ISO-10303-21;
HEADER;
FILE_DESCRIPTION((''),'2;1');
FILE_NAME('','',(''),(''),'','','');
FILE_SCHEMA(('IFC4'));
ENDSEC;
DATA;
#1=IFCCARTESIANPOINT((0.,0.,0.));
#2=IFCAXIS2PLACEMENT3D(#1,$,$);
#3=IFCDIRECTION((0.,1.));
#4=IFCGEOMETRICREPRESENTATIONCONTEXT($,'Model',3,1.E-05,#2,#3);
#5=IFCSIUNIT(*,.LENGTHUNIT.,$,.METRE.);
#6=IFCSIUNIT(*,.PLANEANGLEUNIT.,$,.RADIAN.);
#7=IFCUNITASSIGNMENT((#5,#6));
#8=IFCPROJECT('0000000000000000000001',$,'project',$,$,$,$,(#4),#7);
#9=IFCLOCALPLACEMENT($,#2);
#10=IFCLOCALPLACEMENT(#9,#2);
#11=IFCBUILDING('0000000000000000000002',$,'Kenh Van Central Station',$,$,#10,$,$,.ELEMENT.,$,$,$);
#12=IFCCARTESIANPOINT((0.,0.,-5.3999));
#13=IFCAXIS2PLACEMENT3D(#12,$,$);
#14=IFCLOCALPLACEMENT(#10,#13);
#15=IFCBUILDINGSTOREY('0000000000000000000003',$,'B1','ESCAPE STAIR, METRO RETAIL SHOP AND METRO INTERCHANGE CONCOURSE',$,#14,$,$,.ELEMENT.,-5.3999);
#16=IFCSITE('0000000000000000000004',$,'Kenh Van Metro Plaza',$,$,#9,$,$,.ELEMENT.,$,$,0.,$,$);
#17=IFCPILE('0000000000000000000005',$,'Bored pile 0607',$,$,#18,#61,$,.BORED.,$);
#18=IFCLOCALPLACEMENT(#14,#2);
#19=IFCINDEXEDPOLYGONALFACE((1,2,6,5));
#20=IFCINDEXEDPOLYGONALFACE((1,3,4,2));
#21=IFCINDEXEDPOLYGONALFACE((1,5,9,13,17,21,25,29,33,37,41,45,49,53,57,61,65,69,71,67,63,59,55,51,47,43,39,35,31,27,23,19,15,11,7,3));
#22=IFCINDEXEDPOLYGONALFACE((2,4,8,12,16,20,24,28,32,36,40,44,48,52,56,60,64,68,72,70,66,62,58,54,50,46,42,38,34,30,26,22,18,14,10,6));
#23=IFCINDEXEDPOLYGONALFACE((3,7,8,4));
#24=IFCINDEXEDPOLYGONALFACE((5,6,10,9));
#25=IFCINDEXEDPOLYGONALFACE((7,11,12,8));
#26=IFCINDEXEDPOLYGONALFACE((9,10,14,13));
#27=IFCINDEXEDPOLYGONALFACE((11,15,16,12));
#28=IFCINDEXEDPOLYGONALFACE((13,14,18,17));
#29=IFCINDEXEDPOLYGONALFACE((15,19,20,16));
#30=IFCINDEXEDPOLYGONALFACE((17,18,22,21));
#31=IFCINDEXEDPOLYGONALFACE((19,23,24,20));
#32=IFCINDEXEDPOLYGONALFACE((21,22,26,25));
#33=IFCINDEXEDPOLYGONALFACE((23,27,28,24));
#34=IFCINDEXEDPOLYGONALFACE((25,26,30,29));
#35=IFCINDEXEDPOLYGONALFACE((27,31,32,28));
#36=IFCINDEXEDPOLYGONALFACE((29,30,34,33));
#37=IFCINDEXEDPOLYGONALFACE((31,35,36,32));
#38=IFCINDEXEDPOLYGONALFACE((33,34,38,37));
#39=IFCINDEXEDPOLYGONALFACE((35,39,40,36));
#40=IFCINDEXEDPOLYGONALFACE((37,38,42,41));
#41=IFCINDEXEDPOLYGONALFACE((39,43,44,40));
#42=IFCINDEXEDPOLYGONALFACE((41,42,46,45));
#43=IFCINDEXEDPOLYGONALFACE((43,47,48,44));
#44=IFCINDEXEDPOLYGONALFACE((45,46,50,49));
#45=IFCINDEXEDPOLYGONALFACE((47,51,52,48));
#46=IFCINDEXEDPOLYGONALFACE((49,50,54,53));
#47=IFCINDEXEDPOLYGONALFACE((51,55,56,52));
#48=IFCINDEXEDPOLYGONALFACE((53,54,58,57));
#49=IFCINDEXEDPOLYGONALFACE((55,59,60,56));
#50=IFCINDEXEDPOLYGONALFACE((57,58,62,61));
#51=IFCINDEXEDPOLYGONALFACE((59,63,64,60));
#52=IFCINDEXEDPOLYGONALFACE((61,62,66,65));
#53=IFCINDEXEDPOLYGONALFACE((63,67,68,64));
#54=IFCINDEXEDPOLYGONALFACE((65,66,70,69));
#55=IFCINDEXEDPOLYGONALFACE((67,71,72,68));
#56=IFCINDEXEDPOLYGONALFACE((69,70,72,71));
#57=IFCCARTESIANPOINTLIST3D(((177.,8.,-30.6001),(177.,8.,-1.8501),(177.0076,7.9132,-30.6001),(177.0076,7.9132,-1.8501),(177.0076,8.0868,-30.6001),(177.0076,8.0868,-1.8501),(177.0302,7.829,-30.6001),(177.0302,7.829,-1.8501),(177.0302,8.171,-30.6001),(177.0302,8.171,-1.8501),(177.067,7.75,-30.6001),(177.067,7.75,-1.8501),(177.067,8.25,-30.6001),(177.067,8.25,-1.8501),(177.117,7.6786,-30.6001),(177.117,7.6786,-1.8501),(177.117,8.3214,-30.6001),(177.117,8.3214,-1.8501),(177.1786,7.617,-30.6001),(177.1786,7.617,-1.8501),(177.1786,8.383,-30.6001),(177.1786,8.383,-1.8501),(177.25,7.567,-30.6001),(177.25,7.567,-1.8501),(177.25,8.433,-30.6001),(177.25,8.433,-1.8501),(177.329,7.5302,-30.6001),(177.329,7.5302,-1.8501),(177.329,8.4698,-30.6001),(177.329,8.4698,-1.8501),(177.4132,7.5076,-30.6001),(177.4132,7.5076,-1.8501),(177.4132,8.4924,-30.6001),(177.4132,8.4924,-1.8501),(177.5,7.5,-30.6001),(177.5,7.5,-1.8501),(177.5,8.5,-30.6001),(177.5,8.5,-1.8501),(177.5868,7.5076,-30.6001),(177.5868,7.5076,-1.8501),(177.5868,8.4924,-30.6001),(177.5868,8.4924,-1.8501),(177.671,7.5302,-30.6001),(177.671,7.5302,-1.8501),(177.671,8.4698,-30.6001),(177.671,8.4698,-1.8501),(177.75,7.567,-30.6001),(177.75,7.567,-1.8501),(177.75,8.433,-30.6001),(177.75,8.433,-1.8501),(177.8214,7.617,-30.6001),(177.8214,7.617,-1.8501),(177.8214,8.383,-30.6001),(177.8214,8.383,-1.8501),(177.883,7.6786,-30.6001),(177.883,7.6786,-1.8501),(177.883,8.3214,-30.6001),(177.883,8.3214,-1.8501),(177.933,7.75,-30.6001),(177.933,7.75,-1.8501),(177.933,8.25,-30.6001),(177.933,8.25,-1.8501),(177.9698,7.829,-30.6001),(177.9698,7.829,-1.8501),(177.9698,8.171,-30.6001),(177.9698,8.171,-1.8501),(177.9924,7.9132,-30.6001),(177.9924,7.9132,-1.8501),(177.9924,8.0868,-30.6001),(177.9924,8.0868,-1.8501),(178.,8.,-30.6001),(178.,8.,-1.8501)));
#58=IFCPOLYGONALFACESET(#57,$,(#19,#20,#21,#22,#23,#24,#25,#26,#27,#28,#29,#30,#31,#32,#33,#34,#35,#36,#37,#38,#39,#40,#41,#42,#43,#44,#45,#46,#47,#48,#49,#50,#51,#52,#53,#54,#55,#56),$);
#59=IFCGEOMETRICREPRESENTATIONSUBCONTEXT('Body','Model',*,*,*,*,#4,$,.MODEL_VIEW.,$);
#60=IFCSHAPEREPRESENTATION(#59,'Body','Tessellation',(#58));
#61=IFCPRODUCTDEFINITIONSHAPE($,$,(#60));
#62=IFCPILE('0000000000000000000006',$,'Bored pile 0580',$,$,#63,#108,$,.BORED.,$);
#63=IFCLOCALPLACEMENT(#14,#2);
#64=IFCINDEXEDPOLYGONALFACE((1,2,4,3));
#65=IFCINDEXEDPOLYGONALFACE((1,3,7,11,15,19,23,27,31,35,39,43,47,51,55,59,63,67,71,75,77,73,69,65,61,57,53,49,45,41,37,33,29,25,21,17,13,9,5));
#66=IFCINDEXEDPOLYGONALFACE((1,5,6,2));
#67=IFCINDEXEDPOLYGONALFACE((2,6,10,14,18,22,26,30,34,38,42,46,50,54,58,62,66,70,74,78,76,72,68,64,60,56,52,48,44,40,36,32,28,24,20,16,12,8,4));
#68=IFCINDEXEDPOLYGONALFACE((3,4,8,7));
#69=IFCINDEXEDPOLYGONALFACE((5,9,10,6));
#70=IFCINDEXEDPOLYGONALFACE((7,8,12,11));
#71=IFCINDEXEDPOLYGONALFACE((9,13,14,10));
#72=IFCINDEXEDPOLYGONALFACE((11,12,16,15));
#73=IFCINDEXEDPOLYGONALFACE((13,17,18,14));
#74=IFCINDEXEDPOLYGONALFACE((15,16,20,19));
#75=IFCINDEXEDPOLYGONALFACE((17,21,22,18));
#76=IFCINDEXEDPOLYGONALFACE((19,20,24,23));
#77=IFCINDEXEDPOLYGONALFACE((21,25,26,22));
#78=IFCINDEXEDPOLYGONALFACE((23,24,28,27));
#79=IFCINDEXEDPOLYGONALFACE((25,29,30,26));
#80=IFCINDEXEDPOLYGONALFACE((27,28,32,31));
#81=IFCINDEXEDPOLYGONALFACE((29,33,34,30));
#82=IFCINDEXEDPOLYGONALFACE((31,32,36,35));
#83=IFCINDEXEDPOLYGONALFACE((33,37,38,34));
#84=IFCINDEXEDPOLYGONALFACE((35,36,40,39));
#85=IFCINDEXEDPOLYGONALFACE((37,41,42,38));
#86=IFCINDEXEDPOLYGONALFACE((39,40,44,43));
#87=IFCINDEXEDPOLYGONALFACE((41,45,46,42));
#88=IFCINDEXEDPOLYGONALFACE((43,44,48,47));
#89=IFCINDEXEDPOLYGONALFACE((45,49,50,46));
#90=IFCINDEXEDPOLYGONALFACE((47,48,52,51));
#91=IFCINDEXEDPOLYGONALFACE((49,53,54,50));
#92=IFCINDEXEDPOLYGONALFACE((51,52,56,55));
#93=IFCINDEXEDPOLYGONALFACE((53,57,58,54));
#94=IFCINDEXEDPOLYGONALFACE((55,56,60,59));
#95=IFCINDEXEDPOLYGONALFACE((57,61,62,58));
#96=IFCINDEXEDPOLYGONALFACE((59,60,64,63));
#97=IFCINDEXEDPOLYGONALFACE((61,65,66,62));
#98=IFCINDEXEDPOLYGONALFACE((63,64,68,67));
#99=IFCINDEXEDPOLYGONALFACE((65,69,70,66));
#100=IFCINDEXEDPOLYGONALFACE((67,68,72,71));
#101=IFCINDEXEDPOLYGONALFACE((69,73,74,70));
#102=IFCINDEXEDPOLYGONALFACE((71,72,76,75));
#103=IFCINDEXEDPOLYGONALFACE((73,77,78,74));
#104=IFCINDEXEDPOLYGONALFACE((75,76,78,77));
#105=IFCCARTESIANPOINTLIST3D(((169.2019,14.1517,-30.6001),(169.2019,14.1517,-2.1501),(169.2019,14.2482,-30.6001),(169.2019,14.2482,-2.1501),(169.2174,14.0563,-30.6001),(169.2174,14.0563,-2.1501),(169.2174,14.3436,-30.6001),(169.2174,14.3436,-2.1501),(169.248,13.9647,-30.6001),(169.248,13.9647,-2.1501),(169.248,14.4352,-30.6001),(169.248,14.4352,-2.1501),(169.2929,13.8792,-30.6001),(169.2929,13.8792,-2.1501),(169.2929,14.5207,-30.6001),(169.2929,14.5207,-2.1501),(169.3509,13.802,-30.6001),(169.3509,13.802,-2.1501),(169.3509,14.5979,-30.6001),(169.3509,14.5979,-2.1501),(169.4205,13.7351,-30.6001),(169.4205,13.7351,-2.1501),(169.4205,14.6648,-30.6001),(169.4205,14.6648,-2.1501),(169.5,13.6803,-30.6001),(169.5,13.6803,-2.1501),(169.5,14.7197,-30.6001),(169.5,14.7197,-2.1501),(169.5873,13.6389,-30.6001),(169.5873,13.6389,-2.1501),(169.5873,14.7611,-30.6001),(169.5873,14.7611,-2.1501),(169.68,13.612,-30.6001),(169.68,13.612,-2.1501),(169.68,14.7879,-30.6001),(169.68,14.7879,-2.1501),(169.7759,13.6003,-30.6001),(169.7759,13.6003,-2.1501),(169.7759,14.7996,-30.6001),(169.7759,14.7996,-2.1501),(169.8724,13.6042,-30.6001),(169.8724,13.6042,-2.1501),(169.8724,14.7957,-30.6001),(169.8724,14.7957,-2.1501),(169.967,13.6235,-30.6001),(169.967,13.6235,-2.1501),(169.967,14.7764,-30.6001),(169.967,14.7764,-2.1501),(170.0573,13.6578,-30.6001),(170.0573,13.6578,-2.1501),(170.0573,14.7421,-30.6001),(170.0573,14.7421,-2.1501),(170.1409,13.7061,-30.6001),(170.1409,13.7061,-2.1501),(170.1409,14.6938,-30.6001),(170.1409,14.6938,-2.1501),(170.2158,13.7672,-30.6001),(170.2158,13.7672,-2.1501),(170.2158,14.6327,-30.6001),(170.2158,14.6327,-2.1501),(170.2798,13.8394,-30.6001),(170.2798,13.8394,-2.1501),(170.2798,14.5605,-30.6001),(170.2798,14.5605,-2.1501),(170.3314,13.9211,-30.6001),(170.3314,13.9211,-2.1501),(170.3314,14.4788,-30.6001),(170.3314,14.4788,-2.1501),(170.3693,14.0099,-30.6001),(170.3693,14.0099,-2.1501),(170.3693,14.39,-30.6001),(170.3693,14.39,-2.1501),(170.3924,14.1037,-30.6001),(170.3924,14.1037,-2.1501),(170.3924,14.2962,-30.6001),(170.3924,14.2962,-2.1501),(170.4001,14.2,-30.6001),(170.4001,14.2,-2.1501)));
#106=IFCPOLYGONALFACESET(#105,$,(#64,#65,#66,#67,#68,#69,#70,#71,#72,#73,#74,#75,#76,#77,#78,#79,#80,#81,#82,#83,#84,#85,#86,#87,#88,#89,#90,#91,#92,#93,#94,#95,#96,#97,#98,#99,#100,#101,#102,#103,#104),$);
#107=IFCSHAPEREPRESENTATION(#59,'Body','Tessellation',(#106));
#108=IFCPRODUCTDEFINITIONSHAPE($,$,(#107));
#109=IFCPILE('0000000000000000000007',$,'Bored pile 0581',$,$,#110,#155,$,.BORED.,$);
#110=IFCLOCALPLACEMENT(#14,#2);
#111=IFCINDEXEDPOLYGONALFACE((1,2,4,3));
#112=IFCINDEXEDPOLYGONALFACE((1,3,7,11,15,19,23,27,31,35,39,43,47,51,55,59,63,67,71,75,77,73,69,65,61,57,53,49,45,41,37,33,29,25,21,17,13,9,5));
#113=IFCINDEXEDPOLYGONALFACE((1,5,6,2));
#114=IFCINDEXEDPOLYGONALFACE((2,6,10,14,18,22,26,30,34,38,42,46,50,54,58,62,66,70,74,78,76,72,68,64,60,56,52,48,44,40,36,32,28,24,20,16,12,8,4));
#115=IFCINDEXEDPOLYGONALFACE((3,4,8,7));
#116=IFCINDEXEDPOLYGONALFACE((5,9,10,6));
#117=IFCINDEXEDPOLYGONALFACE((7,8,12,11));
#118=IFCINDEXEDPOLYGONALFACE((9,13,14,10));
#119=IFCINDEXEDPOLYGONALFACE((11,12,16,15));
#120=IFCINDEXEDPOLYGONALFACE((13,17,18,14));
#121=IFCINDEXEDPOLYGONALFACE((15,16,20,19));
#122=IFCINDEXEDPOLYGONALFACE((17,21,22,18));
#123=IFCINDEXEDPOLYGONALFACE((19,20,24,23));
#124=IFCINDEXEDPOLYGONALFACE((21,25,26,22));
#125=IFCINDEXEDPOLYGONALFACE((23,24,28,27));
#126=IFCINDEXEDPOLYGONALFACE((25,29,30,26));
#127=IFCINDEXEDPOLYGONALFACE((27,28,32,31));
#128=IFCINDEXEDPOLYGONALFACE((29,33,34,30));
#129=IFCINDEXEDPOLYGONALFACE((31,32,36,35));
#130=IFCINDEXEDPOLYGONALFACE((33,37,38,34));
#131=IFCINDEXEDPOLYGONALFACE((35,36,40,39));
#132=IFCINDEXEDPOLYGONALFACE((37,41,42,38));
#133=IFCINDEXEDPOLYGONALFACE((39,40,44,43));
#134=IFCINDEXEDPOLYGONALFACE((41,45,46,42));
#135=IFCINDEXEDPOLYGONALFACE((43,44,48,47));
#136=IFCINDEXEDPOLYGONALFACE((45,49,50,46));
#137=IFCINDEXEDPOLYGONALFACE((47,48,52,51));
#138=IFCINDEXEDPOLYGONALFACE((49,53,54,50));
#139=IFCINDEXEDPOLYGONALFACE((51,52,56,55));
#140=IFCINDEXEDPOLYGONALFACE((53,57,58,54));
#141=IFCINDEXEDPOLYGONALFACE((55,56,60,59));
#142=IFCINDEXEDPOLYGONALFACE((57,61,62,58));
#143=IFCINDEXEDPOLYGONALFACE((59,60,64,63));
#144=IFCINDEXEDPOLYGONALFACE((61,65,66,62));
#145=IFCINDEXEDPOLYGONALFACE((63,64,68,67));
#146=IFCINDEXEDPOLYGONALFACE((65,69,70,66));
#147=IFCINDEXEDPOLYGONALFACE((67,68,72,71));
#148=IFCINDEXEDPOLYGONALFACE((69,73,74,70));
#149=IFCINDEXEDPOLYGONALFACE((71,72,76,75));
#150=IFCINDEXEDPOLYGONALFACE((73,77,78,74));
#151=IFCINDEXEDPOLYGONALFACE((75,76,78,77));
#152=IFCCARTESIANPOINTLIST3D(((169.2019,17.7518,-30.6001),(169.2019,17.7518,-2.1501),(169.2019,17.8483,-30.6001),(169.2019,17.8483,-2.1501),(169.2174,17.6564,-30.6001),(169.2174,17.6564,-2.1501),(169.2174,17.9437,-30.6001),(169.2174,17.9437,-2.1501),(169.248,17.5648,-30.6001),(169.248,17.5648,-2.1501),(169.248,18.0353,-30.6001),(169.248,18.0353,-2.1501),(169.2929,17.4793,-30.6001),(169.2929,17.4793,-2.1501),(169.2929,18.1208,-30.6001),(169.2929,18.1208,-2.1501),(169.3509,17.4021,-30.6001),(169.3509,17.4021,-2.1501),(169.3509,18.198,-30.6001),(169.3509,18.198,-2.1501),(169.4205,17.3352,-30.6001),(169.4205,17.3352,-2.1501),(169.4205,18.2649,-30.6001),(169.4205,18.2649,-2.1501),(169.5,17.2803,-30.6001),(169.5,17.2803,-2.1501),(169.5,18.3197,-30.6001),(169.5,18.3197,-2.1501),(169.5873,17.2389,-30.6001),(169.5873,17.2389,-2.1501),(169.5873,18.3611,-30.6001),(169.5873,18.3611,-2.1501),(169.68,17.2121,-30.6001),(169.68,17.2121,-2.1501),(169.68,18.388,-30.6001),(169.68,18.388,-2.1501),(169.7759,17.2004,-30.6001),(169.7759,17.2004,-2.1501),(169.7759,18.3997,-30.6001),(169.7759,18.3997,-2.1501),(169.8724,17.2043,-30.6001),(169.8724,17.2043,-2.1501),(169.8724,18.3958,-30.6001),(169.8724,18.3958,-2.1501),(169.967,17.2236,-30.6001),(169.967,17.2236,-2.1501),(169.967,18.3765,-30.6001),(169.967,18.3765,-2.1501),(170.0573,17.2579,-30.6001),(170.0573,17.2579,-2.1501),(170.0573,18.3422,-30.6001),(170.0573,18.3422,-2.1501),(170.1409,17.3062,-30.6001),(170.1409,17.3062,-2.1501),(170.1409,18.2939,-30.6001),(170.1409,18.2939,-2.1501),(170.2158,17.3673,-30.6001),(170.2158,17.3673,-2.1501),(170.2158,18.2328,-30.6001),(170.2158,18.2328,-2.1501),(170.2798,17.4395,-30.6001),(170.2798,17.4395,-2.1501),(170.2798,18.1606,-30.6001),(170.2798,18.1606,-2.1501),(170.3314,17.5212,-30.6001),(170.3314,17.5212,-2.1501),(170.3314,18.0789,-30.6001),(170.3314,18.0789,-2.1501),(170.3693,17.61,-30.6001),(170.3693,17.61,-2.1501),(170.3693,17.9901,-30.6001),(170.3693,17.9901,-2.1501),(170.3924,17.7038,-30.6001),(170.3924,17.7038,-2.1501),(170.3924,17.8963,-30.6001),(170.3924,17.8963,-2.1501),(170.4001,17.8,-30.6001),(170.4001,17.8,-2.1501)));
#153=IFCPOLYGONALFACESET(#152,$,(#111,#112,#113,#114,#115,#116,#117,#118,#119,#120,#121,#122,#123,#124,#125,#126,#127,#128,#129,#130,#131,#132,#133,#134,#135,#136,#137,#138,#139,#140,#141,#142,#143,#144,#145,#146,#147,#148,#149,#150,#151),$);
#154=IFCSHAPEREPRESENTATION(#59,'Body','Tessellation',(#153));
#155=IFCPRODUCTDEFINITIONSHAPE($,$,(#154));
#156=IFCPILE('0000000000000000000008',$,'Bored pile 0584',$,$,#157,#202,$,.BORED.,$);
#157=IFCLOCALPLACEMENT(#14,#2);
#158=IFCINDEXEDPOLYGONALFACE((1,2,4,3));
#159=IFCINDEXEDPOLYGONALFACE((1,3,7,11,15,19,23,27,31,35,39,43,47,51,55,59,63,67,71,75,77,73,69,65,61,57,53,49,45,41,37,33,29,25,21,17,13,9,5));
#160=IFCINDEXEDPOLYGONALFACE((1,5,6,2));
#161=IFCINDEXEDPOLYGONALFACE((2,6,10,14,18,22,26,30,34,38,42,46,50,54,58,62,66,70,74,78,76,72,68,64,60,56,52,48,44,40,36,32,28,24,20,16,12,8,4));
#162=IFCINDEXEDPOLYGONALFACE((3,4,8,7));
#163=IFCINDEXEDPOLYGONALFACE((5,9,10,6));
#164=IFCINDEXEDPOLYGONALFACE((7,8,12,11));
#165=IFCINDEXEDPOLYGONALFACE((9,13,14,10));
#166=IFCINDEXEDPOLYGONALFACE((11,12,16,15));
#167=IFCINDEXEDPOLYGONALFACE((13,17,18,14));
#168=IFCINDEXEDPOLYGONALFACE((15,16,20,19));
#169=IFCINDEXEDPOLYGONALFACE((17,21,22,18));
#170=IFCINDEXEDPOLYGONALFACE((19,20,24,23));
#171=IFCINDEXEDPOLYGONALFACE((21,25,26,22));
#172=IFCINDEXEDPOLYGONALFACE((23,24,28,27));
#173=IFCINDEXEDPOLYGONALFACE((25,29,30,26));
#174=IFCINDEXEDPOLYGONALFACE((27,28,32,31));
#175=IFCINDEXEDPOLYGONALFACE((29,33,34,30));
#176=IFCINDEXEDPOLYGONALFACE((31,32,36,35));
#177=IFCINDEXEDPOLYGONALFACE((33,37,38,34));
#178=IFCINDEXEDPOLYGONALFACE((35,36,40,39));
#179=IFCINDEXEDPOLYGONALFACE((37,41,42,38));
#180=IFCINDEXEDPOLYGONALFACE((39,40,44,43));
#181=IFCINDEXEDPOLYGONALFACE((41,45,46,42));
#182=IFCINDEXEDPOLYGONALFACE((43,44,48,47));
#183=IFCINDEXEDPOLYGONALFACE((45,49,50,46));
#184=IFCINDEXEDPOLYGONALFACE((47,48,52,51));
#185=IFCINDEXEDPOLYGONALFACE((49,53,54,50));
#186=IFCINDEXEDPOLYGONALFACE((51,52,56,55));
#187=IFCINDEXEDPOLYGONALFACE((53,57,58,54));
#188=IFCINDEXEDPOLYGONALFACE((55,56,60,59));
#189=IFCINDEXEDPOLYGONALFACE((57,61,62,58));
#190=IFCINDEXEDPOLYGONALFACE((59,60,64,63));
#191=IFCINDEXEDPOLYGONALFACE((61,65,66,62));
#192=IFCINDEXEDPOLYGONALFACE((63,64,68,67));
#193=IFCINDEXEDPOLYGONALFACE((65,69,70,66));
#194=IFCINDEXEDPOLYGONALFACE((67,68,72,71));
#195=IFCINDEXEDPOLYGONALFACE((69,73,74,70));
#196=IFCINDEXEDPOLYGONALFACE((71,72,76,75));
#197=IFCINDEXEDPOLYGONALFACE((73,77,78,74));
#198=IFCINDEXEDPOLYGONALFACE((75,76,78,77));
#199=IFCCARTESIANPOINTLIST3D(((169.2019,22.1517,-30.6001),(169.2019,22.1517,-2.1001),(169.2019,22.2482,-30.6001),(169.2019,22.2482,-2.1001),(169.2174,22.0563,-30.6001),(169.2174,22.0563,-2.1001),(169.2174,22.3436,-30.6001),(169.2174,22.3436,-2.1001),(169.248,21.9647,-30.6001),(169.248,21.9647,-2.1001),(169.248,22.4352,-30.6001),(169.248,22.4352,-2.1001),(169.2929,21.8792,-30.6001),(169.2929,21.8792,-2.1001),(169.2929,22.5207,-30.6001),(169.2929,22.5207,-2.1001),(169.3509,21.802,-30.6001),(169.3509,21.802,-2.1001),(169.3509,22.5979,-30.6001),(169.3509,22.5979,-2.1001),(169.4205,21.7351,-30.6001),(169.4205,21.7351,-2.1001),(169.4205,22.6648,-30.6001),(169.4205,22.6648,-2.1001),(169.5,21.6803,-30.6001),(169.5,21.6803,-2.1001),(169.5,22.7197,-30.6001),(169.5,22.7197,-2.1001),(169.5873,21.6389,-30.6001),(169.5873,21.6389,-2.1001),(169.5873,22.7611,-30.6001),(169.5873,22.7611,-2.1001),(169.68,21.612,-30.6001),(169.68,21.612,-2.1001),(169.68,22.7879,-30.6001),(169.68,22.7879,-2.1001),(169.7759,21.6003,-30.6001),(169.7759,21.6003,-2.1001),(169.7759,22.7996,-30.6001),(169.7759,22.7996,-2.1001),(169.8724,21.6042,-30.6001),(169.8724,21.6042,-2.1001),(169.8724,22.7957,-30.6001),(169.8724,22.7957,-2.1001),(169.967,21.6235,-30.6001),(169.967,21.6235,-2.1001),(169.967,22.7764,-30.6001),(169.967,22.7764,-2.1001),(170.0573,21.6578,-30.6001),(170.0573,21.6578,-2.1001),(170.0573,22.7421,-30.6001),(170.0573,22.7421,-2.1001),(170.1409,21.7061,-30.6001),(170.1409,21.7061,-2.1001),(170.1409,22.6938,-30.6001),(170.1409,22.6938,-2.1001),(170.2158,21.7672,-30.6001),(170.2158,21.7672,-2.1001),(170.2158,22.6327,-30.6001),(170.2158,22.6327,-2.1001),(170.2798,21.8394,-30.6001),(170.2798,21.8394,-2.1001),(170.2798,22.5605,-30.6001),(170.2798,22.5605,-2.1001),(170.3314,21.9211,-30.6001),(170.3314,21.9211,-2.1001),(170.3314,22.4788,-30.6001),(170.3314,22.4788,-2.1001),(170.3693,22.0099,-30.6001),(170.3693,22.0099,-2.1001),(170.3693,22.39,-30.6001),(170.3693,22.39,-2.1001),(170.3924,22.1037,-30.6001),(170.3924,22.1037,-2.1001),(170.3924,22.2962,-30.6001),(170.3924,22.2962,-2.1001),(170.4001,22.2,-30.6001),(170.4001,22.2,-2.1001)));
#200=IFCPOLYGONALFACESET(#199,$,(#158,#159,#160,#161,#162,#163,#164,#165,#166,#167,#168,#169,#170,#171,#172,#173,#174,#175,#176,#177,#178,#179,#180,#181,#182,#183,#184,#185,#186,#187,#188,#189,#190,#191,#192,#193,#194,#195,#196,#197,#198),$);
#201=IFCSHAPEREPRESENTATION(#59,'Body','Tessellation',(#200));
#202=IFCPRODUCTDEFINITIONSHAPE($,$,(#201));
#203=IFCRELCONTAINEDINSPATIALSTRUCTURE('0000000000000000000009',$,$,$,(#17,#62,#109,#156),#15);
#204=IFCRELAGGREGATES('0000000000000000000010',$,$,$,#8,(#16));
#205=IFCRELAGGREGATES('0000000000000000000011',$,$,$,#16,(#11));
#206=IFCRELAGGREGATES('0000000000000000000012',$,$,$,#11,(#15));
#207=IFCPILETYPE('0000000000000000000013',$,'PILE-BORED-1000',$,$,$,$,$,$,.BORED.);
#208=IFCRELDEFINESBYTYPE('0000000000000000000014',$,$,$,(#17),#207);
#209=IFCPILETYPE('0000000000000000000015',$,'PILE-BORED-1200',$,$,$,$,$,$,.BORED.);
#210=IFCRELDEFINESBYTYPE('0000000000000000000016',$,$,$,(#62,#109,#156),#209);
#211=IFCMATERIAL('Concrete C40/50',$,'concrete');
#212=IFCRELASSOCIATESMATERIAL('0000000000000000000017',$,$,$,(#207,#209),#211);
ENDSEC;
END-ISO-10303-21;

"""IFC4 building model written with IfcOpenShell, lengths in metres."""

from ifc_helpers import new_model, si_unit, direction, frame, origin, origin_2d, place, context, subcontext, project, spatial, circle, extrude, material, material_profile, profile_set, type_object, element, save


model = new_model("IFC4")

# Units and contexts
model_context = context("Model", 3, precision=1e-05, world=origin(), true_north=direction((0.0, 1.0)))
body_context = subcontext(model_context, "Body", "Model", "MODEL_VIEW")
ifc_project = project(units=[si_unit("LENGTHUNIT", "METRE"), si_unit("PLANEANGLEUNIT", "RADIAN")], contexts=[model_context])

# Site, building, storey
site_placement = place(None, origin())
site = spatial("IfcSite", under=ifc_project, at=site_placement, Name="Kenh Van Metro Plaza", CompositionType="ELEMENT", RefElevation=0.0)
building_placement = place(site_placement, origin())
building = spatial("IfcBuilding", under=site, at=building_placement, Name="Kenh Van Central Station", CompositionType="ELEMENT")
storey_placement = place(building_placement, frame((0.0, 0.0, -5.3999)))
storey = spatial("IfcBuildingStorey", under=building, at=storey_placement, Name="B1", Description="ESCAPE STAIR, METRO RETAIL SHOP AND METRO INTERCHANGE CONCOURSE", CompositionType="ELEMENT", Elevation=-5.3999)

# Shared definitions
ifc_material_1 = material(Name="Concrete C40/50", Category="concrete")

# Piles
ifc_material_profile_1 = material_profile(ifc_material_1, circle(Radius=0.5, at=origin_2d()), Name="PILE D1000")
ifc_profile_set_1 = profile_set([ifc_material_profile_1], Name="Concrete C40/50")
pile_type_1 = type_object("IfcPileType", Name="PILE-BORED-1000", PredefinedType="BORED", material=ifc_profile_set_1)
for number, where, z_axis, x_axis, name in (
    (1, (177.5, 8.0, -1.8501), (0.0, 0.0, -1.0), (1.0, 0.0, 0.0), "Bored pile 0607"),
):
    element("IfcPile", number, at=place(storey_placement, frame(where, z_axis=z_axis, x_axis=x_axis)), inside=storey, type_object=pile_type_1, Name=name, PredefinedType="BORED", context=body_context, shape_type="SweptSolid", body=[
        extrude(circle(Radius=0.5, at=origin_2d()), origin(), (0.0, 0.0, 1.0), 28.75),
    ])
ifc_material_profile_2 = material_profile(ifc_material_1, circle(Radius=0.6001, at=origin_2d()), Name="PILE D1200")
ifc_profile_set_2 = profile_set([ifc_material_profile_2], Name="Concrete C40/50")
pile_type_2 = type_object("IfcPileType", Name="PILE-BORED-1200", PredefinedType="BORED", material=ifc_profile_set_2)
for number, where, z_axis, x_axis, name in (
    (2, (169.8, 14.2, -2.1501), (0.0, 0.0, -1.0), (1.0, 0.0, 0.0), "Bored pile 0580"),
    (3, (169.8, 17.8, -2.1501), (0.0, 0.0, -1.0), (1.0, 0.0, 0.0), "Bored pile 0581"),
):
    element("IfcPile", number, at=place(storey_placement, frame(where, z_axis=z_axis, x_axis=x_axis)), inside=storey, type_object=pile_type_2, Name=name, PredefinedType="BORED", context=body_context, shape_type="SweptSolid", body=[
        extrude(circle(Radius=0.6001, at=origin_2d()), origin(), (0.0, 0.0, 1.0), 28.45),
    ])
for number, where, z_axis, x_axis, name in (
    (4, (169.8, 22.2, -2.1001), (0.0, 0.0, -1.0), (1.0, 0.0, 0.0), "Bored pile 0584"),
):
    element("IfcPile", number, at=place(storey_placement, frame(where, z_axis=z_axis, x_axis=x_axis)), inside=storey, type_object=pile_type_2, Name=name, PredefinedType="BORED", context=body_context, shape_type="SweptSolid", body=[
        extrude(circle(Radius=0.6001, at=origin_2d()), origin(), (0.0, 0.0, 1.0), 28.5),
    ])

save(model, "model.ifc")
